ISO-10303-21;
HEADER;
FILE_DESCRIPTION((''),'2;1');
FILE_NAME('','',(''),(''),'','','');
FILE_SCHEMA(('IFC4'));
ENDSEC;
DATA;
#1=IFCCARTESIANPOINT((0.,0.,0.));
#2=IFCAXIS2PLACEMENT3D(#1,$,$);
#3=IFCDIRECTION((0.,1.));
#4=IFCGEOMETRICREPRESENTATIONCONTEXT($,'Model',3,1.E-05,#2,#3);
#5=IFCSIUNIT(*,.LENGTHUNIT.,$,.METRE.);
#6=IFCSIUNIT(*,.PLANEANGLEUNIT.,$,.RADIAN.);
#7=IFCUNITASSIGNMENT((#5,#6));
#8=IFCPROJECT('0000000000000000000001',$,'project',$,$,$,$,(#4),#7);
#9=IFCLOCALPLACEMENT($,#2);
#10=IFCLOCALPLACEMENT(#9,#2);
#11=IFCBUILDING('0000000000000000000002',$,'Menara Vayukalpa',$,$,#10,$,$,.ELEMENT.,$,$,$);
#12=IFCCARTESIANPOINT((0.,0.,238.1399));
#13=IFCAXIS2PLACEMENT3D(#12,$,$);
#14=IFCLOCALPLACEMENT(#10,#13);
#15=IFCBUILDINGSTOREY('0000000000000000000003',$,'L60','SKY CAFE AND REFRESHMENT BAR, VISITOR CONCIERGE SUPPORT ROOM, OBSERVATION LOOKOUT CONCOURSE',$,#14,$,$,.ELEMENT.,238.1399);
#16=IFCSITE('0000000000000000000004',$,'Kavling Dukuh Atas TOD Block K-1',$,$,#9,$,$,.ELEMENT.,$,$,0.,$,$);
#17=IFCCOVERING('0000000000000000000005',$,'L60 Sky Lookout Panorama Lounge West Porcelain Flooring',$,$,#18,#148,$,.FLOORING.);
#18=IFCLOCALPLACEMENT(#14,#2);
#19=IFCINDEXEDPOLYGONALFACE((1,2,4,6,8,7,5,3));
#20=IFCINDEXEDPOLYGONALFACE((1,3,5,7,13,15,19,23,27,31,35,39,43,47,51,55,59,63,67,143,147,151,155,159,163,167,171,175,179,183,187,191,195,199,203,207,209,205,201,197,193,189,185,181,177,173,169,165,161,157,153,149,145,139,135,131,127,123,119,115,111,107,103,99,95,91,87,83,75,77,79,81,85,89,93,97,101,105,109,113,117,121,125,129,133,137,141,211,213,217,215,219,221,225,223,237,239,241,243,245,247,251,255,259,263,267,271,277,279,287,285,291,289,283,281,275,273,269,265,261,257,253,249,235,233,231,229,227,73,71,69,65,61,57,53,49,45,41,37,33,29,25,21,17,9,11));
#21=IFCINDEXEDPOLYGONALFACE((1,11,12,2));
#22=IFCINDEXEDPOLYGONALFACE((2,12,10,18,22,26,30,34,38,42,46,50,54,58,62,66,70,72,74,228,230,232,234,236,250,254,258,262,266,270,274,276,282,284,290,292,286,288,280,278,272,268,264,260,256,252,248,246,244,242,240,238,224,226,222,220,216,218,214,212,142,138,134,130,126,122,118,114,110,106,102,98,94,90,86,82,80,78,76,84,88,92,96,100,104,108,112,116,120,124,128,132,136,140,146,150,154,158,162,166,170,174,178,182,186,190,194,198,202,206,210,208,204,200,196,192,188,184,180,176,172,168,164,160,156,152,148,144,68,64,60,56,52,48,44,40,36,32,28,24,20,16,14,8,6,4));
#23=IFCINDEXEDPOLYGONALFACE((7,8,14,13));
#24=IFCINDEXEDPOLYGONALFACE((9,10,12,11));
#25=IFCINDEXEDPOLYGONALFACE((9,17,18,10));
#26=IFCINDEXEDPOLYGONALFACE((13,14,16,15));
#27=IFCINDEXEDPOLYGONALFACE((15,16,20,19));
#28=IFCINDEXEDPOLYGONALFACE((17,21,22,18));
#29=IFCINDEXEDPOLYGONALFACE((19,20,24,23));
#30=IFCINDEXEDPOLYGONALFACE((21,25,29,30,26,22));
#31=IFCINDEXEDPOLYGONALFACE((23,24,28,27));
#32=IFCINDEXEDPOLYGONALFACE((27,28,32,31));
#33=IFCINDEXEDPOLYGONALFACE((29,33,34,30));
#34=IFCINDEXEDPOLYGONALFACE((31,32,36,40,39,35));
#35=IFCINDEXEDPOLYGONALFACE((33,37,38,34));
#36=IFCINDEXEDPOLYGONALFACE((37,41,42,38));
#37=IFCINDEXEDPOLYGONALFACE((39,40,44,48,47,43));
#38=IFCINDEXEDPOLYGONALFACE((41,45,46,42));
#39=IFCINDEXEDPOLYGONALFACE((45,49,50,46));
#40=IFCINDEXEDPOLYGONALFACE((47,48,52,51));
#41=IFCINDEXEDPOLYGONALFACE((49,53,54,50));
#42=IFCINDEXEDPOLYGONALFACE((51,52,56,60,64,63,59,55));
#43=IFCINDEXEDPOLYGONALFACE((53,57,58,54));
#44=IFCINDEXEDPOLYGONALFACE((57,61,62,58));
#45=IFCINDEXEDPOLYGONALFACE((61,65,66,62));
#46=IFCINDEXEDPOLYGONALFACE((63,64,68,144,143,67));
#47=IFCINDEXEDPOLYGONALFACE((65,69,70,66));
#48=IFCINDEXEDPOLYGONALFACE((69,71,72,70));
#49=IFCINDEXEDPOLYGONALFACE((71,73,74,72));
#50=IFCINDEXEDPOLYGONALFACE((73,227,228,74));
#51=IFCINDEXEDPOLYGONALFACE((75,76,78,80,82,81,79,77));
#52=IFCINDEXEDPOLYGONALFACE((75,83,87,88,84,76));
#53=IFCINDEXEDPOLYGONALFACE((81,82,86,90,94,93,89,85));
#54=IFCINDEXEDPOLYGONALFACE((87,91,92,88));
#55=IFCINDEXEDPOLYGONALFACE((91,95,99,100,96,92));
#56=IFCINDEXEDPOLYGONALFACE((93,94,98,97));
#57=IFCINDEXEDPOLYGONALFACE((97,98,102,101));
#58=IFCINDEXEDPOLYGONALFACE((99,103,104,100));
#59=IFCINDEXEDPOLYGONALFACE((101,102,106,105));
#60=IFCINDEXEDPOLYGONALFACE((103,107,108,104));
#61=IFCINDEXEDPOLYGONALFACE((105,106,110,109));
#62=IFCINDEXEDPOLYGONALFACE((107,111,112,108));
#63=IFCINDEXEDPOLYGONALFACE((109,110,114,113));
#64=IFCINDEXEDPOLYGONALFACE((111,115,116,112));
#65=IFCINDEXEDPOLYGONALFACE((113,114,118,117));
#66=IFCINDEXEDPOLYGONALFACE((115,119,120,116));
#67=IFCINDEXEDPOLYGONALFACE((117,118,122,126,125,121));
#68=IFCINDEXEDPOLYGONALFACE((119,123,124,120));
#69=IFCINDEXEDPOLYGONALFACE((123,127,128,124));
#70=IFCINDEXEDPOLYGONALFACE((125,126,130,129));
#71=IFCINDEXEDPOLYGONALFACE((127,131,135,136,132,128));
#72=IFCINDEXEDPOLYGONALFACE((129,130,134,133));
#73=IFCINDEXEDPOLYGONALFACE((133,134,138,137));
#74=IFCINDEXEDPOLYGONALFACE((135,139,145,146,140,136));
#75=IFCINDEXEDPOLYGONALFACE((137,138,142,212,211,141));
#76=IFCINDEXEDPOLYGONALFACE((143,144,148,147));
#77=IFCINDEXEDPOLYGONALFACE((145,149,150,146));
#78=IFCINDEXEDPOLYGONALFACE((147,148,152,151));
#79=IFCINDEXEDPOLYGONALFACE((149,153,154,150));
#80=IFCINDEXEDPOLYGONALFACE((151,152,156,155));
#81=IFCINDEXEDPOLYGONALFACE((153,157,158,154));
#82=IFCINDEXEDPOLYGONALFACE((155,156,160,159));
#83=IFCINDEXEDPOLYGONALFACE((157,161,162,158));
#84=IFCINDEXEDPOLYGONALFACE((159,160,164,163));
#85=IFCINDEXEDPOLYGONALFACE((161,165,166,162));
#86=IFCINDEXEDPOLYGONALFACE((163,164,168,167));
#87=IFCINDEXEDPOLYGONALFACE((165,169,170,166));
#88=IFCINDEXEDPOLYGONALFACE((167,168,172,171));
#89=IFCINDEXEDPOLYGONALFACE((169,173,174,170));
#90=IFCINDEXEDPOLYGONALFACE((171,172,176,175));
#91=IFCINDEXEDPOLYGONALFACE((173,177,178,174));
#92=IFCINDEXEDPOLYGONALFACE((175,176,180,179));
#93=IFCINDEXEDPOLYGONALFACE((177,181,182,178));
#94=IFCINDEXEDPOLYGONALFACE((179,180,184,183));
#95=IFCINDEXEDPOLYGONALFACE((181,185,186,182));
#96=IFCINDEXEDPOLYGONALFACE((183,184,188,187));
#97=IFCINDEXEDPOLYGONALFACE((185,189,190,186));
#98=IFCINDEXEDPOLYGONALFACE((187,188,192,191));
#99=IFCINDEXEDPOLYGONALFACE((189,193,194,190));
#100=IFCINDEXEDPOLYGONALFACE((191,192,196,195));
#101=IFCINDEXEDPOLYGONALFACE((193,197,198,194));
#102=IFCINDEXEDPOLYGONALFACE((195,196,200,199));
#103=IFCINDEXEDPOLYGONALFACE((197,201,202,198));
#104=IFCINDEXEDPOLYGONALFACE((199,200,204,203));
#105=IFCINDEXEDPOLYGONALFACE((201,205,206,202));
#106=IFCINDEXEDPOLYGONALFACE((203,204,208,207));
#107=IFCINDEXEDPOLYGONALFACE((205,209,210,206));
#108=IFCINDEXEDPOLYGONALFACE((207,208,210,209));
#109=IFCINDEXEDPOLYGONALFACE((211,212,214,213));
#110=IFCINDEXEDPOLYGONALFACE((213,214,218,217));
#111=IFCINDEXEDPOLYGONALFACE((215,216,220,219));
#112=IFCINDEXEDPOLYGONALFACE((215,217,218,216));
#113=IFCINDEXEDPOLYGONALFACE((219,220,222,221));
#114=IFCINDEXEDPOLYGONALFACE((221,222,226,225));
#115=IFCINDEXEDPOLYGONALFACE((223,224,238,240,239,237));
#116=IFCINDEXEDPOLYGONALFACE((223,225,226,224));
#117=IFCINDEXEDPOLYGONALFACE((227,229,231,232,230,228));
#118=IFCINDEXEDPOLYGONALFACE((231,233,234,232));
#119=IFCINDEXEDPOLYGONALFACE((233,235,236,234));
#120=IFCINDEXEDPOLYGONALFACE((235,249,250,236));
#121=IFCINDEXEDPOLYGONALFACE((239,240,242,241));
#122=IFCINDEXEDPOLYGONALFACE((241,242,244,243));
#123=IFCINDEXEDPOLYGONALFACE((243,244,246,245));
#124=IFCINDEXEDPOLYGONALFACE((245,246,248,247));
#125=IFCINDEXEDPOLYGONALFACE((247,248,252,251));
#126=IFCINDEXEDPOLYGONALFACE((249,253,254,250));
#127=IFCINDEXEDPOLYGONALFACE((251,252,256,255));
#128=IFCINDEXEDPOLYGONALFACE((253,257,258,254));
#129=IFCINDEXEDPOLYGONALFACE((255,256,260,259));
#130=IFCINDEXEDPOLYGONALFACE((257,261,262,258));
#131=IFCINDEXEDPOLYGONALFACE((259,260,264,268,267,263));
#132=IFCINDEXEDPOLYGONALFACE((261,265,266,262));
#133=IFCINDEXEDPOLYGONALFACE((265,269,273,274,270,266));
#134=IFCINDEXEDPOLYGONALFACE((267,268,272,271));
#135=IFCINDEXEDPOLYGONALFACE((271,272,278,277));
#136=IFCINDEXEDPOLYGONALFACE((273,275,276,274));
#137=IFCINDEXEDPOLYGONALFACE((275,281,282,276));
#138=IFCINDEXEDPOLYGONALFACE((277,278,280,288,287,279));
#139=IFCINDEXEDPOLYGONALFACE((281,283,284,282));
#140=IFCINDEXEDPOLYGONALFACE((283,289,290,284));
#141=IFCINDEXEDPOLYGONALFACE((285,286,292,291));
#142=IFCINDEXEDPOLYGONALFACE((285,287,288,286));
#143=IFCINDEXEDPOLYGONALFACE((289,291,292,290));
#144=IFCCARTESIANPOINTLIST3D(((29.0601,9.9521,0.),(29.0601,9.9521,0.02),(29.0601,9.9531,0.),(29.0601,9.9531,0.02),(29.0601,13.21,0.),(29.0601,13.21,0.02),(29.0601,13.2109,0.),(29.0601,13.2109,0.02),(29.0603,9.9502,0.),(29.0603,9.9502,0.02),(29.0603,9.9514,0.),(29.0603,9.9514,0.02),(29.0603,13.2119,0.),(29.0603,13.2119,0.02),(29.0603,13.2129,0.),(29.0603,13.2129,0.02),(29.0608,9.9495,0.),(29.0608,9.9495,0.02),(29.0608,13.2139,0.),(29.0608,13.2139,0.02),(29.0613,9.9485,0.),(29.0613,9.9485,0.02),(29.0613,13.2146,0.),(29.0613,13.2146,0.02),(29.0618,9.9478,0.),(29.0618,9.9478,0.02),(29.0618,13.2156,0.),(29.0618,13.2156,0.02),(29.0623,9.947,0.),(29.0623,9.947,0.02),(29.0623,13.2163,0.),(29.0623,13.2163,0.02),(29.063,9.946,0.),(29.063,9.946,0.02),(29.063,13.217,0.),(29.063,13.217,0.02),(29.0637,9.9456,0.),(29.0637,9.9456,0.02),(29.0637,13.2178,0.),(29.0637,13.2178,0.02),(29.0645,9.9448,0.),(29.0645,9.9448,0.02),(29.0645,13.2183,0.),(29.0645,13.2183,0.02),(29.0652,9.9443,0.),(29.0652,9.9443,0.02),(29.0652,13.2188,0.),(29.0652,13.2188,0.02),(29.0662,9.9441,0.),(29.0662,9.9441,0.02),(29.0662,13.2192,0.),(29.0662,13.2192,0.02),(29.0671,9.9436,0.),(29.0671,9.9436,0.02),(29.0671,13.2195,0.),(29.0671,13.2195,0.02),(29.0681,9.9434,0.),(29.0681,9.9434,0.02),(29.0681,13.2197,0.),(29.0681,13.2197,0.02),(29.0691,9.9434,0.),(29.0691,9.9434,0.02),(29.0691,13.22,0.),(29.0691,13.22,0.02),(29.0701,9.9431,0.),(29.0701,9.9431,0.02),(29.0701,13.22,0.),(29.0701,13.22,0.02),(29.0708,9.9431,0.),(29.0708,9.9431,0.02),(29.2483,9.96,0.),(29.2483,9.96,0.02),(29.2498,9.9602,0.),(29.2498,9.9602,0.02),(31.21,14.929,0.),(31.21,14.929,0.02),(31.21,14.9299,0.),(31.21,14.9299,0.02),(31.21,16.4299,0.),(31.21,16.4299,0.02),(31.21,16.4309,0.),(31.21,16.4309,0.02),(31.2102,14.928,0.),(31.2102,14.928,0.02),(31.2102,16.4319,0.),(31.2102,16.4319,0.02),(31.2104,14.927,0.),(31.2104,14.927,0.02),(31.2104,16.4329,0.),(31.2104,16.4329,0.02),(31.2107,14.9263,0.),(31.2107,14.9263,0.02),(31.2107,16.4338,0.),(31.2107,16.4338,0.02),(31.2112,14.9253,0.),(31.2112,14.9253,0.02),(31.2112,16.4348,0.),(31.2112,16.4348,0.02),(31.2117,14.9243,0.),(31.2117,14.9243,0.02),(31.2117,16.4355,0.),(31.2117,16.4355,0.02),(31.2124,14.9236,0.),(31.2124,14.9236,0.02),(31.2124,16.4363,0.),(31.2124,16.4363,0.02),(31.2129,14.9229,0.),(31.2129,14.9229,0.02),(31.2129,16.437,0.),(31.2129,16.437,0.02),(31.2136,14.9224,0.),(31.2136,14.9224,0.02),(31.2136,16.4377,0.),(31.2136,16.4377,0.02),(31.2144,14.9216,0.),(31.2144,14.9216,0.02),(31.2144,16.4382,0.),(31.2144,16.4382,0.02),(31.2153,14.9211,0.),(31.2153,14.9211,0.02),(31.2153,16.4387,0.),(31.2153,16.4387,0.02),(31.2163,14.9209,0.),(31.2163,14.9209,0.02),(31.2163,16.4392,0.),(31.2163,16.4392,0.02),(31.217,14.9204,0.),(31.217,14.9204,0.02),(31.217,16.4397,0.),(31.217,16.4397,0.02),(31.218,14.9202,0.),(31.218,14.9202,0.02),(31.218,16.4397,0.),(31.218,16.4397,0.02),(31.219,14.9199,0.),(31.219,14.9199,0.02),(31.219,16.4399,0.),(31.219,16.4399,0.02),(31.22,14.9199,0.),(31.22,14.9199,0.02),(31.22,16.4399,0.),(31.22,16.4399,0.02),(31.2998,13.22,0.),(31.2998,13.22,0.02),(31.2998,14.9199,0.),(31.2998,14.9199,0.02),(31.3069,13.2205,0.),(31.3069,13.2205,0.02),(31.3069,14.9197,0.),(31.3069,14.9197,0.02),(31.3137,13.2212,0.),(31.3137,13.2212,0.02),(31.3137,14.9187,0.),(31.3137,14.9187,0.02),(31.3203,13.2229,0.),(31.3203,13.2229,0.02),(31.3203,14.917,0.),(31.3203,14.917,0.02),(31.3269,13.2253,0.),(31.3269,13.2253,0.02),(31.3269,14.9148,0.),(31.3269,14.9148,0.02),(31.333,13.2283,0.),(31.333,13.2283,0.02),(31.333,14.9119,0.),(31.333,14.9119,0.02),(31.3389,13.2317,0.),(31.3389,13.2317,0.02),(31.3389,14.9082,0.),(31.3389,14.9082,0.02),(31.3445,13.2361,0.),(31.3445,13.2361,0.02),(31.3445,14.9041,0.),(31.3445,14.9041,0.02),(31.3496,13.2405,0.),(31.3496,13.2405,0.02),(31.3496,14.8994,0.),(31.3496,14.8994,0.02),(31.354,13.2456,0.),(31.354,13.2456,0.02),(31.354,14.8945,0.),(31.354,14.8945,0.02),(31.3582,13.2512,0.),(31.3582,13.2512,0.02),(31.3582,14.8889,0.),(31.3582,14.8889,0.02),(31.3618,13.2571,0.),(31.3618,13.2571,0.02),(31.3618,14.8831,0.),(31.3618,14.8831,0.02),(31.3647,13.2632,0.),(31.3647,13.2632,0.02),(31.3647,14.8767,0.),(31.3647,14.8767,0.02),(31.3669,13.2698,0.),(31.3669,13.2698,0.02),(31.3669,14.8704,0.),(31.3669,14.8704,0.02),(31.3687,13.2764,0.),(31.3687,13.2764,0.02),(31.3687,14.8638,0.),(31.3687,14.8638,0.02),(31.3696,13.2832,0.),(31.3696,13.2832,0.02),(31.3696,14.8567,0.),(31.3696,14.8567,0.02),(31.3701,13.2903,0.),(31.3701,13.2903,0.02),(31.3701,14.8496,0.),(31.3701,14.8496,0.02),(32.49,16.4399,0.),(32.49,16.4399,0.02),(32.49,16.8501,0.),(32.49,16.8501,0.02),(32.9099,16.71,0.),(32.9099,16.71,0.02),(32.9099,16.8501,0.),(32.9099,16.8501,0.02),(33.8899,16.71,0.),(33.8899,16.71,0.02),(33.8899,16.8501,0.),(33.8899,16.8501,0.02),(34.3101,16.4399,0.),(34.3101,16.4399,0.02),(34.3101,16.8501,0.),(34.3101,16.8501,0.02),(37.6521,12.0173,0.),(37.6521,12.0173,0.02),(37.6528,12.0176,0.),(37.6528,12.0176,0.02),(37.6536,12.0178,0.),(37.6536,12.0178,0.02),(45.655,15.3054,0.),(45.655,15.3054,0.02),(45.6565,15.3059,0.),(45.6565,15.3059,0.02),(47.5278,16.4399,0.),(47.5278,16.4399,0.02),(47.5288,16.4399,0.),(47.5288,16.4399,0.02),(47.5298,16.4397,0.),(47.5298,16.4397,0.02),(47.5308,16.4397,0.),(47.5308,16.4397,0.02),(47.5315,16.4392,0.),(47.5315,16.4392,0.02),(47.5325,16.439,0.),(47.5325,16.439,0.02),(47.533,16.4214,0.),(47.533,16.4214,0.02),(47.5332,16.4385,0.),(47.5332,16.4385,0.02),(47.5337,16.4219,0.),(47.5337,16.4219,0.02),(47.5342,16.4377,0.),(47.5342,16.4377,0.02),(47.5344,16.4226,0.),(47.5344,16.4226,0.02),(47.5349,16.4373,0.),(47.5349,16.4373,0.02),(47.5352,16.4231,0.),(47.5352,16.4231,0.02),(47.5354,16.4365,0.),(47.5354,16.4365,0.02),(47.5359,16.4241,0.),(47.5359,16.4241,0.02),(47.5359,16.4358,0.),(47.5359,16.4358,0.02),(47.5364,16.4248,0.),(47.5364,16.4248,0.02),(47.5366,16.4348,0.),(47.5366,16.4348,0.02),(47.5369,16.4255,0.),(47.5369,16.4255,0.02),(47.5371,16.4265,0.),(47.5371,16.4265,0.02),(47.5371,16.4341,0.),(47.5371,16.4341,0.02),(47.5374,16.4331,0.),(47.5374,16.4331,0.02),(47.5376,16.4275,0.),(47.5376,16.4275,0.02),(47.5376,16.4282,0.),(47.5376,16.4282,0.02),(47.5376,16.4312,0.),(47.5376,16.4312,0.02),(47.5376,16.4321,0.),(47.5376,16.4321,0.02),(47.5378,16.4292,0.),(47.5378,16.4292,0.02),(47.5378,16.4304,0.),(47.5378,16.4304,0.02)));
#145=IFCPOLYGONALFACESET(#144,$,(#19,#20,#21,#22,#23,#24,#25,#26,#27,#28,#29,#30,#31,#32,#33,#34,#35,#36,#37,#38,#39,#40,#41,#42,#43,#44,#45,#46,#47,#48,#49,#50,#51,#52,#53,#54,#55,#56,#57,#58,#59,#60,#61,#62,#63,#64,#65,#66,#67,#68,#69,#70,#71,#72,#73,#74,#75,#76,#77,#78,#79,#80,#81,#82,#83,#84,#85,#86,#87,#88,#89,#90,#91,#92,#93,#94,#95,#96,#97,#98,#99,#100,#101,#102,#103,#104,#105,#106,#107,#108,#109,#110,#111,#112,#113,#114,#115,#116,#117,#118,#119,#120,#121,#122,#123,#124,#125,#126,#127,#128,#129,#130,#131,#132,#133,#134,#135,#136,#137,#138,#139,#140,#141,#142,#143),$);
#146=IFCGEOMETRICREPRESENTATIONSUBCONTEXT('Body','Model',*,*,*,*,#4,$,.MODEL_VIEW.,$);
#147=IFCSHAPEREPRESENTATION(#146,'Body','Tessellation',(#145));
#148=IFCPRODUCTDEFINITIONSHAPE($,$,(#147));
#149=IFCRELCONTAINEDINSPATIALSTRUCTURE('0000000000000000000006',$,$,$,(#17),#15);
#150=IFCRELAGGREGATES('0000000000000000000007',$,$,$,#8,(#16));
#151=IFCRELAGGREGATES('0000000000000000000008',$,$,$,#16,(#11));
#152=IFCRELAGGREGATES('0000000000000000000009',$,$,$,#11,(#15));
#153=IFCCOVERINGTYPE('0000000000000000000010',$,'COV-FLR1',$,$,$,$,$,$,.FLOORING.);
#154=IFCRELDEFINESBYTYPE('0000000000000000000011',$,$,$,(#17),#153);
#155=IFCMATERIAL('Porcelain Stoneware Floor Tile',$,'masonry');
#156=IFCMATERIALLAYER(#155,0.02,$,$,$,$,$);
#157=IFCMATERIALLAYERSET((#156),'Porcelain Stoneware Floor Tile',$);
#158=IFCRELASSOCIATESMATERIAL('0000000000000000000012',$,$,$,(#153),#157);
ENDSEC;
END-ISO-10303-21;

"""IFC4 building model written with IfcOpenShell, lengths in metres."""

from ifc_helpers import new_model, si_unit, direction, frame, origin, place, context, subcontext, project, spatial, polyline, outline, extrude, material, layer, layer_set, type_object, element, save


model = new_model("IFC4")

# Units and contexts
model_context = context("Model", 3, precision=1e-05, world=origin(), true_north=direction((0.0, 1.0)))
body_context = subcontext(model_context, "Body", "Model", "MODEL_VIEW")
ifc_project = project(units=[si_unit("LENGTHUNIT", "METRE"), si_unit("PLANEANGLEUNIT", "RADIAN")], contexts=[model_context])

# Site, building, storey
site_placement = place(None, origin())
site = spatial("IfcSite", under=ifc_project, at=site_placement, Name="Kavling Dukuh Atas TOD Block K-1", CompositionType="ELEMENT", RefElevation=0.0)
building_placement = place(site_placement, origin())
building = spatial("IfcBuilding", under=site, at=building_placement, Name="Menara Vayukalpa", CompositionType="ELEMENT")
storey_placement = place(building_placement, frame((0.0, 0.0, 238.1399)))
storey = spatial("IfcBuildingStorey", under=building, at=storey_placement, Name="L60", Description="SKY CAFE AND REFRESHMENT BAR, VISITOR CONCIERGE SUPPORT ROOM, OBSERVATION LOOKOUT CONCOURSE", CompositionType="ELEMENT", Elevation=238.1399)

# Covering
ifc_material_1 = material(Name="Porcelain Stoneware Floor Tile", Category="masonry")
ifc_layer_1 = layer(ifc_material_1, 0.02)
ifc_layer_set_1 = layer_set([ifc_layer_1], Name="Porcelain Stoneware Floor Tile")
covering_type_1 = type_object("IfcCoveringType", Name="COV-FLR1", PredefinedType="FLOORING", material=ifc_layer_set_1)
covering_1_placement = place(storey_placement, origin())
element("IfcCovering", 1, at=covering_1_placement, inside=storey, type_object=covering_type_1, Name="L60 Sky Lookout Panorama Lounge West Porcelain Flooring", PredefinedType="FLOORING", context=body_context, shape_type="SweptSolid", body=[
    extrude(outline(polyline([(37.6521, 12.0173), (29.2498, 9.9602), (29.2483, 9.96), (29.0708, 9.9431), (29.0701, 9.9431), (29.0691, 9.9434), (29.0681, 9.9434), (29.0671, 9.9436), (29.0662, 9.9441), (29.0652, 9.9443), (29.0645, 9.9448), (29.0637, 9.9456), (29.063, 9.946), (29.0623, 9.947), (29.0618, 9.9478), (29.0613, 9.9485), (29.0608, 9.9495), (29.0603, 9.9502), (29.0603, 9.9514), (29.0601, 9.9521), (29.0601, 9.9531), (29.0601, 13.21), (29.0601, 13.2109), (29.0603, 13.2119), (29.0603, 13.2129), (29.0608, 13.2139), (29.0613, 13.2146), (29.0618, 13.2156), (29.0623, 13.2163), (29.063, 13.217), (29.0637, 13.2178), (29.0645, 13.2183), (29.0652, 13.2188), (29.0662, 13.2192), (29.0671, 13.2195), (29.0681, 13.2197), (29.0691, 13.22), (29.0701, 13.22), (31.2998, 13.22), (31.3069, 13.2205), (31.3137, 13.2212), (31.3203, 13.2229), (31.3269, 13.2253), (31.333, 13.2283), (31.3389, 13.2317), (31.3445, 13.2361), (31.3496, 13.2405), (31.354, 13.2456), (31.3582, 13.2512), (31.3618, 13.2571), (31.3647, 13.2632), (31.3669, 13.2698), (31.3687, 13.2764), (31.3696, 13.2832), (31.3701, 13.2903), (31.3701, 14.8496), (31.3696, 14.8567), (31.3687, 14.8638), (31.3669, 14.8704), (31.3647, 14.8767), (31.3618, 14.8831), (31.3582, 14.8889), (31.354, 14.8945), (31.3496, 14.8994), (31.3445, 14.9041), (31.3389, 14.9082), (31.333, 14.9119), (31.3269, 14.9148), (31.3203, 14.917), (31.3137, 14.9187), (31.3069, 14.9197), (31.2998, 14.9199), (31.22, 14.9199), (31.219, 14.9199), (31.218, 14.9202), (31.217, 14.9204), (31.2163, 14.9209), (31.2153, 14.9211), (31.2144, 14.9216), (31.2136, 14.9224), (31.2129, 14.9229), (31.2124, 14.9236), (31.2117, 14.9243), (31.2112, 14.9253), (31.2107, 14.9263), (31.2104, 14.927), (31.2102, 14.928), (31.21, 14.929), (31.21, 14.9299), (31.21, 16.4299), (31.21, 16.4309), (31.2102, 16.4319), (31.2104, 16.4329), (31.2107, 16.4338), (31.2112, 16.4348), (31.2117, 16.4355), (31.2124, 16.4363), (31.2129, 16.437), (31.2136, 16.4377), (31.2144, 16.4382), (31.2153, 16.4387), (31.2163, 16.4392), (31.217, 16.4397), (31.218, 16.4397), (31.219, 16.4399), (31.22, 16.4399), (32.49, 16.4399), (32.49, 16.8501), (32.9099, 16.8501), (32.9099, 16.71), (33.8899, 16.71), (33.8899, 16.8501), (34.3101, 16.8501), (34.3101, 16.4399), (47.5278, 16.4399), (47.5288, 16.4399), (47.5298, 16.4397), (47.5308, 16.4397), (47.5315, 16.4392), (47.5325, 16.439), (47.5332, 16.4385), (47.5342, 16.4377), (47.5349, 16.4373), (47.5354, 16.4365), (47.5359, 16.4358), (47.5366, 16.4348), (47.5371, 16.4341), (47.5374, 16.4331), (47.5376, 16.4321), (47.5376, 16.4312), (47.5378, 16.4304), (47.5378, 16.4292), (47.5376, 16.4282), (47.5376, 16.4275), (47.5371, 16.4265), (47.5369, 16.4255), (47.5364, 16.4248), (47.5359, 16.4241), (47.5352, 16.4231), (47.5344, 16.4226), (47.5337, 16.4219), (47.533, 16.4214), (45.6565, 15.3059), (45.655, 15.3054), (37.6536, 12.0178), (37.6528, 12.0176), (37.6521, 12.0173)])), origin(), (0.0, 0.0, 1.0), 0.02),
])

save(model, "model.ifc")
